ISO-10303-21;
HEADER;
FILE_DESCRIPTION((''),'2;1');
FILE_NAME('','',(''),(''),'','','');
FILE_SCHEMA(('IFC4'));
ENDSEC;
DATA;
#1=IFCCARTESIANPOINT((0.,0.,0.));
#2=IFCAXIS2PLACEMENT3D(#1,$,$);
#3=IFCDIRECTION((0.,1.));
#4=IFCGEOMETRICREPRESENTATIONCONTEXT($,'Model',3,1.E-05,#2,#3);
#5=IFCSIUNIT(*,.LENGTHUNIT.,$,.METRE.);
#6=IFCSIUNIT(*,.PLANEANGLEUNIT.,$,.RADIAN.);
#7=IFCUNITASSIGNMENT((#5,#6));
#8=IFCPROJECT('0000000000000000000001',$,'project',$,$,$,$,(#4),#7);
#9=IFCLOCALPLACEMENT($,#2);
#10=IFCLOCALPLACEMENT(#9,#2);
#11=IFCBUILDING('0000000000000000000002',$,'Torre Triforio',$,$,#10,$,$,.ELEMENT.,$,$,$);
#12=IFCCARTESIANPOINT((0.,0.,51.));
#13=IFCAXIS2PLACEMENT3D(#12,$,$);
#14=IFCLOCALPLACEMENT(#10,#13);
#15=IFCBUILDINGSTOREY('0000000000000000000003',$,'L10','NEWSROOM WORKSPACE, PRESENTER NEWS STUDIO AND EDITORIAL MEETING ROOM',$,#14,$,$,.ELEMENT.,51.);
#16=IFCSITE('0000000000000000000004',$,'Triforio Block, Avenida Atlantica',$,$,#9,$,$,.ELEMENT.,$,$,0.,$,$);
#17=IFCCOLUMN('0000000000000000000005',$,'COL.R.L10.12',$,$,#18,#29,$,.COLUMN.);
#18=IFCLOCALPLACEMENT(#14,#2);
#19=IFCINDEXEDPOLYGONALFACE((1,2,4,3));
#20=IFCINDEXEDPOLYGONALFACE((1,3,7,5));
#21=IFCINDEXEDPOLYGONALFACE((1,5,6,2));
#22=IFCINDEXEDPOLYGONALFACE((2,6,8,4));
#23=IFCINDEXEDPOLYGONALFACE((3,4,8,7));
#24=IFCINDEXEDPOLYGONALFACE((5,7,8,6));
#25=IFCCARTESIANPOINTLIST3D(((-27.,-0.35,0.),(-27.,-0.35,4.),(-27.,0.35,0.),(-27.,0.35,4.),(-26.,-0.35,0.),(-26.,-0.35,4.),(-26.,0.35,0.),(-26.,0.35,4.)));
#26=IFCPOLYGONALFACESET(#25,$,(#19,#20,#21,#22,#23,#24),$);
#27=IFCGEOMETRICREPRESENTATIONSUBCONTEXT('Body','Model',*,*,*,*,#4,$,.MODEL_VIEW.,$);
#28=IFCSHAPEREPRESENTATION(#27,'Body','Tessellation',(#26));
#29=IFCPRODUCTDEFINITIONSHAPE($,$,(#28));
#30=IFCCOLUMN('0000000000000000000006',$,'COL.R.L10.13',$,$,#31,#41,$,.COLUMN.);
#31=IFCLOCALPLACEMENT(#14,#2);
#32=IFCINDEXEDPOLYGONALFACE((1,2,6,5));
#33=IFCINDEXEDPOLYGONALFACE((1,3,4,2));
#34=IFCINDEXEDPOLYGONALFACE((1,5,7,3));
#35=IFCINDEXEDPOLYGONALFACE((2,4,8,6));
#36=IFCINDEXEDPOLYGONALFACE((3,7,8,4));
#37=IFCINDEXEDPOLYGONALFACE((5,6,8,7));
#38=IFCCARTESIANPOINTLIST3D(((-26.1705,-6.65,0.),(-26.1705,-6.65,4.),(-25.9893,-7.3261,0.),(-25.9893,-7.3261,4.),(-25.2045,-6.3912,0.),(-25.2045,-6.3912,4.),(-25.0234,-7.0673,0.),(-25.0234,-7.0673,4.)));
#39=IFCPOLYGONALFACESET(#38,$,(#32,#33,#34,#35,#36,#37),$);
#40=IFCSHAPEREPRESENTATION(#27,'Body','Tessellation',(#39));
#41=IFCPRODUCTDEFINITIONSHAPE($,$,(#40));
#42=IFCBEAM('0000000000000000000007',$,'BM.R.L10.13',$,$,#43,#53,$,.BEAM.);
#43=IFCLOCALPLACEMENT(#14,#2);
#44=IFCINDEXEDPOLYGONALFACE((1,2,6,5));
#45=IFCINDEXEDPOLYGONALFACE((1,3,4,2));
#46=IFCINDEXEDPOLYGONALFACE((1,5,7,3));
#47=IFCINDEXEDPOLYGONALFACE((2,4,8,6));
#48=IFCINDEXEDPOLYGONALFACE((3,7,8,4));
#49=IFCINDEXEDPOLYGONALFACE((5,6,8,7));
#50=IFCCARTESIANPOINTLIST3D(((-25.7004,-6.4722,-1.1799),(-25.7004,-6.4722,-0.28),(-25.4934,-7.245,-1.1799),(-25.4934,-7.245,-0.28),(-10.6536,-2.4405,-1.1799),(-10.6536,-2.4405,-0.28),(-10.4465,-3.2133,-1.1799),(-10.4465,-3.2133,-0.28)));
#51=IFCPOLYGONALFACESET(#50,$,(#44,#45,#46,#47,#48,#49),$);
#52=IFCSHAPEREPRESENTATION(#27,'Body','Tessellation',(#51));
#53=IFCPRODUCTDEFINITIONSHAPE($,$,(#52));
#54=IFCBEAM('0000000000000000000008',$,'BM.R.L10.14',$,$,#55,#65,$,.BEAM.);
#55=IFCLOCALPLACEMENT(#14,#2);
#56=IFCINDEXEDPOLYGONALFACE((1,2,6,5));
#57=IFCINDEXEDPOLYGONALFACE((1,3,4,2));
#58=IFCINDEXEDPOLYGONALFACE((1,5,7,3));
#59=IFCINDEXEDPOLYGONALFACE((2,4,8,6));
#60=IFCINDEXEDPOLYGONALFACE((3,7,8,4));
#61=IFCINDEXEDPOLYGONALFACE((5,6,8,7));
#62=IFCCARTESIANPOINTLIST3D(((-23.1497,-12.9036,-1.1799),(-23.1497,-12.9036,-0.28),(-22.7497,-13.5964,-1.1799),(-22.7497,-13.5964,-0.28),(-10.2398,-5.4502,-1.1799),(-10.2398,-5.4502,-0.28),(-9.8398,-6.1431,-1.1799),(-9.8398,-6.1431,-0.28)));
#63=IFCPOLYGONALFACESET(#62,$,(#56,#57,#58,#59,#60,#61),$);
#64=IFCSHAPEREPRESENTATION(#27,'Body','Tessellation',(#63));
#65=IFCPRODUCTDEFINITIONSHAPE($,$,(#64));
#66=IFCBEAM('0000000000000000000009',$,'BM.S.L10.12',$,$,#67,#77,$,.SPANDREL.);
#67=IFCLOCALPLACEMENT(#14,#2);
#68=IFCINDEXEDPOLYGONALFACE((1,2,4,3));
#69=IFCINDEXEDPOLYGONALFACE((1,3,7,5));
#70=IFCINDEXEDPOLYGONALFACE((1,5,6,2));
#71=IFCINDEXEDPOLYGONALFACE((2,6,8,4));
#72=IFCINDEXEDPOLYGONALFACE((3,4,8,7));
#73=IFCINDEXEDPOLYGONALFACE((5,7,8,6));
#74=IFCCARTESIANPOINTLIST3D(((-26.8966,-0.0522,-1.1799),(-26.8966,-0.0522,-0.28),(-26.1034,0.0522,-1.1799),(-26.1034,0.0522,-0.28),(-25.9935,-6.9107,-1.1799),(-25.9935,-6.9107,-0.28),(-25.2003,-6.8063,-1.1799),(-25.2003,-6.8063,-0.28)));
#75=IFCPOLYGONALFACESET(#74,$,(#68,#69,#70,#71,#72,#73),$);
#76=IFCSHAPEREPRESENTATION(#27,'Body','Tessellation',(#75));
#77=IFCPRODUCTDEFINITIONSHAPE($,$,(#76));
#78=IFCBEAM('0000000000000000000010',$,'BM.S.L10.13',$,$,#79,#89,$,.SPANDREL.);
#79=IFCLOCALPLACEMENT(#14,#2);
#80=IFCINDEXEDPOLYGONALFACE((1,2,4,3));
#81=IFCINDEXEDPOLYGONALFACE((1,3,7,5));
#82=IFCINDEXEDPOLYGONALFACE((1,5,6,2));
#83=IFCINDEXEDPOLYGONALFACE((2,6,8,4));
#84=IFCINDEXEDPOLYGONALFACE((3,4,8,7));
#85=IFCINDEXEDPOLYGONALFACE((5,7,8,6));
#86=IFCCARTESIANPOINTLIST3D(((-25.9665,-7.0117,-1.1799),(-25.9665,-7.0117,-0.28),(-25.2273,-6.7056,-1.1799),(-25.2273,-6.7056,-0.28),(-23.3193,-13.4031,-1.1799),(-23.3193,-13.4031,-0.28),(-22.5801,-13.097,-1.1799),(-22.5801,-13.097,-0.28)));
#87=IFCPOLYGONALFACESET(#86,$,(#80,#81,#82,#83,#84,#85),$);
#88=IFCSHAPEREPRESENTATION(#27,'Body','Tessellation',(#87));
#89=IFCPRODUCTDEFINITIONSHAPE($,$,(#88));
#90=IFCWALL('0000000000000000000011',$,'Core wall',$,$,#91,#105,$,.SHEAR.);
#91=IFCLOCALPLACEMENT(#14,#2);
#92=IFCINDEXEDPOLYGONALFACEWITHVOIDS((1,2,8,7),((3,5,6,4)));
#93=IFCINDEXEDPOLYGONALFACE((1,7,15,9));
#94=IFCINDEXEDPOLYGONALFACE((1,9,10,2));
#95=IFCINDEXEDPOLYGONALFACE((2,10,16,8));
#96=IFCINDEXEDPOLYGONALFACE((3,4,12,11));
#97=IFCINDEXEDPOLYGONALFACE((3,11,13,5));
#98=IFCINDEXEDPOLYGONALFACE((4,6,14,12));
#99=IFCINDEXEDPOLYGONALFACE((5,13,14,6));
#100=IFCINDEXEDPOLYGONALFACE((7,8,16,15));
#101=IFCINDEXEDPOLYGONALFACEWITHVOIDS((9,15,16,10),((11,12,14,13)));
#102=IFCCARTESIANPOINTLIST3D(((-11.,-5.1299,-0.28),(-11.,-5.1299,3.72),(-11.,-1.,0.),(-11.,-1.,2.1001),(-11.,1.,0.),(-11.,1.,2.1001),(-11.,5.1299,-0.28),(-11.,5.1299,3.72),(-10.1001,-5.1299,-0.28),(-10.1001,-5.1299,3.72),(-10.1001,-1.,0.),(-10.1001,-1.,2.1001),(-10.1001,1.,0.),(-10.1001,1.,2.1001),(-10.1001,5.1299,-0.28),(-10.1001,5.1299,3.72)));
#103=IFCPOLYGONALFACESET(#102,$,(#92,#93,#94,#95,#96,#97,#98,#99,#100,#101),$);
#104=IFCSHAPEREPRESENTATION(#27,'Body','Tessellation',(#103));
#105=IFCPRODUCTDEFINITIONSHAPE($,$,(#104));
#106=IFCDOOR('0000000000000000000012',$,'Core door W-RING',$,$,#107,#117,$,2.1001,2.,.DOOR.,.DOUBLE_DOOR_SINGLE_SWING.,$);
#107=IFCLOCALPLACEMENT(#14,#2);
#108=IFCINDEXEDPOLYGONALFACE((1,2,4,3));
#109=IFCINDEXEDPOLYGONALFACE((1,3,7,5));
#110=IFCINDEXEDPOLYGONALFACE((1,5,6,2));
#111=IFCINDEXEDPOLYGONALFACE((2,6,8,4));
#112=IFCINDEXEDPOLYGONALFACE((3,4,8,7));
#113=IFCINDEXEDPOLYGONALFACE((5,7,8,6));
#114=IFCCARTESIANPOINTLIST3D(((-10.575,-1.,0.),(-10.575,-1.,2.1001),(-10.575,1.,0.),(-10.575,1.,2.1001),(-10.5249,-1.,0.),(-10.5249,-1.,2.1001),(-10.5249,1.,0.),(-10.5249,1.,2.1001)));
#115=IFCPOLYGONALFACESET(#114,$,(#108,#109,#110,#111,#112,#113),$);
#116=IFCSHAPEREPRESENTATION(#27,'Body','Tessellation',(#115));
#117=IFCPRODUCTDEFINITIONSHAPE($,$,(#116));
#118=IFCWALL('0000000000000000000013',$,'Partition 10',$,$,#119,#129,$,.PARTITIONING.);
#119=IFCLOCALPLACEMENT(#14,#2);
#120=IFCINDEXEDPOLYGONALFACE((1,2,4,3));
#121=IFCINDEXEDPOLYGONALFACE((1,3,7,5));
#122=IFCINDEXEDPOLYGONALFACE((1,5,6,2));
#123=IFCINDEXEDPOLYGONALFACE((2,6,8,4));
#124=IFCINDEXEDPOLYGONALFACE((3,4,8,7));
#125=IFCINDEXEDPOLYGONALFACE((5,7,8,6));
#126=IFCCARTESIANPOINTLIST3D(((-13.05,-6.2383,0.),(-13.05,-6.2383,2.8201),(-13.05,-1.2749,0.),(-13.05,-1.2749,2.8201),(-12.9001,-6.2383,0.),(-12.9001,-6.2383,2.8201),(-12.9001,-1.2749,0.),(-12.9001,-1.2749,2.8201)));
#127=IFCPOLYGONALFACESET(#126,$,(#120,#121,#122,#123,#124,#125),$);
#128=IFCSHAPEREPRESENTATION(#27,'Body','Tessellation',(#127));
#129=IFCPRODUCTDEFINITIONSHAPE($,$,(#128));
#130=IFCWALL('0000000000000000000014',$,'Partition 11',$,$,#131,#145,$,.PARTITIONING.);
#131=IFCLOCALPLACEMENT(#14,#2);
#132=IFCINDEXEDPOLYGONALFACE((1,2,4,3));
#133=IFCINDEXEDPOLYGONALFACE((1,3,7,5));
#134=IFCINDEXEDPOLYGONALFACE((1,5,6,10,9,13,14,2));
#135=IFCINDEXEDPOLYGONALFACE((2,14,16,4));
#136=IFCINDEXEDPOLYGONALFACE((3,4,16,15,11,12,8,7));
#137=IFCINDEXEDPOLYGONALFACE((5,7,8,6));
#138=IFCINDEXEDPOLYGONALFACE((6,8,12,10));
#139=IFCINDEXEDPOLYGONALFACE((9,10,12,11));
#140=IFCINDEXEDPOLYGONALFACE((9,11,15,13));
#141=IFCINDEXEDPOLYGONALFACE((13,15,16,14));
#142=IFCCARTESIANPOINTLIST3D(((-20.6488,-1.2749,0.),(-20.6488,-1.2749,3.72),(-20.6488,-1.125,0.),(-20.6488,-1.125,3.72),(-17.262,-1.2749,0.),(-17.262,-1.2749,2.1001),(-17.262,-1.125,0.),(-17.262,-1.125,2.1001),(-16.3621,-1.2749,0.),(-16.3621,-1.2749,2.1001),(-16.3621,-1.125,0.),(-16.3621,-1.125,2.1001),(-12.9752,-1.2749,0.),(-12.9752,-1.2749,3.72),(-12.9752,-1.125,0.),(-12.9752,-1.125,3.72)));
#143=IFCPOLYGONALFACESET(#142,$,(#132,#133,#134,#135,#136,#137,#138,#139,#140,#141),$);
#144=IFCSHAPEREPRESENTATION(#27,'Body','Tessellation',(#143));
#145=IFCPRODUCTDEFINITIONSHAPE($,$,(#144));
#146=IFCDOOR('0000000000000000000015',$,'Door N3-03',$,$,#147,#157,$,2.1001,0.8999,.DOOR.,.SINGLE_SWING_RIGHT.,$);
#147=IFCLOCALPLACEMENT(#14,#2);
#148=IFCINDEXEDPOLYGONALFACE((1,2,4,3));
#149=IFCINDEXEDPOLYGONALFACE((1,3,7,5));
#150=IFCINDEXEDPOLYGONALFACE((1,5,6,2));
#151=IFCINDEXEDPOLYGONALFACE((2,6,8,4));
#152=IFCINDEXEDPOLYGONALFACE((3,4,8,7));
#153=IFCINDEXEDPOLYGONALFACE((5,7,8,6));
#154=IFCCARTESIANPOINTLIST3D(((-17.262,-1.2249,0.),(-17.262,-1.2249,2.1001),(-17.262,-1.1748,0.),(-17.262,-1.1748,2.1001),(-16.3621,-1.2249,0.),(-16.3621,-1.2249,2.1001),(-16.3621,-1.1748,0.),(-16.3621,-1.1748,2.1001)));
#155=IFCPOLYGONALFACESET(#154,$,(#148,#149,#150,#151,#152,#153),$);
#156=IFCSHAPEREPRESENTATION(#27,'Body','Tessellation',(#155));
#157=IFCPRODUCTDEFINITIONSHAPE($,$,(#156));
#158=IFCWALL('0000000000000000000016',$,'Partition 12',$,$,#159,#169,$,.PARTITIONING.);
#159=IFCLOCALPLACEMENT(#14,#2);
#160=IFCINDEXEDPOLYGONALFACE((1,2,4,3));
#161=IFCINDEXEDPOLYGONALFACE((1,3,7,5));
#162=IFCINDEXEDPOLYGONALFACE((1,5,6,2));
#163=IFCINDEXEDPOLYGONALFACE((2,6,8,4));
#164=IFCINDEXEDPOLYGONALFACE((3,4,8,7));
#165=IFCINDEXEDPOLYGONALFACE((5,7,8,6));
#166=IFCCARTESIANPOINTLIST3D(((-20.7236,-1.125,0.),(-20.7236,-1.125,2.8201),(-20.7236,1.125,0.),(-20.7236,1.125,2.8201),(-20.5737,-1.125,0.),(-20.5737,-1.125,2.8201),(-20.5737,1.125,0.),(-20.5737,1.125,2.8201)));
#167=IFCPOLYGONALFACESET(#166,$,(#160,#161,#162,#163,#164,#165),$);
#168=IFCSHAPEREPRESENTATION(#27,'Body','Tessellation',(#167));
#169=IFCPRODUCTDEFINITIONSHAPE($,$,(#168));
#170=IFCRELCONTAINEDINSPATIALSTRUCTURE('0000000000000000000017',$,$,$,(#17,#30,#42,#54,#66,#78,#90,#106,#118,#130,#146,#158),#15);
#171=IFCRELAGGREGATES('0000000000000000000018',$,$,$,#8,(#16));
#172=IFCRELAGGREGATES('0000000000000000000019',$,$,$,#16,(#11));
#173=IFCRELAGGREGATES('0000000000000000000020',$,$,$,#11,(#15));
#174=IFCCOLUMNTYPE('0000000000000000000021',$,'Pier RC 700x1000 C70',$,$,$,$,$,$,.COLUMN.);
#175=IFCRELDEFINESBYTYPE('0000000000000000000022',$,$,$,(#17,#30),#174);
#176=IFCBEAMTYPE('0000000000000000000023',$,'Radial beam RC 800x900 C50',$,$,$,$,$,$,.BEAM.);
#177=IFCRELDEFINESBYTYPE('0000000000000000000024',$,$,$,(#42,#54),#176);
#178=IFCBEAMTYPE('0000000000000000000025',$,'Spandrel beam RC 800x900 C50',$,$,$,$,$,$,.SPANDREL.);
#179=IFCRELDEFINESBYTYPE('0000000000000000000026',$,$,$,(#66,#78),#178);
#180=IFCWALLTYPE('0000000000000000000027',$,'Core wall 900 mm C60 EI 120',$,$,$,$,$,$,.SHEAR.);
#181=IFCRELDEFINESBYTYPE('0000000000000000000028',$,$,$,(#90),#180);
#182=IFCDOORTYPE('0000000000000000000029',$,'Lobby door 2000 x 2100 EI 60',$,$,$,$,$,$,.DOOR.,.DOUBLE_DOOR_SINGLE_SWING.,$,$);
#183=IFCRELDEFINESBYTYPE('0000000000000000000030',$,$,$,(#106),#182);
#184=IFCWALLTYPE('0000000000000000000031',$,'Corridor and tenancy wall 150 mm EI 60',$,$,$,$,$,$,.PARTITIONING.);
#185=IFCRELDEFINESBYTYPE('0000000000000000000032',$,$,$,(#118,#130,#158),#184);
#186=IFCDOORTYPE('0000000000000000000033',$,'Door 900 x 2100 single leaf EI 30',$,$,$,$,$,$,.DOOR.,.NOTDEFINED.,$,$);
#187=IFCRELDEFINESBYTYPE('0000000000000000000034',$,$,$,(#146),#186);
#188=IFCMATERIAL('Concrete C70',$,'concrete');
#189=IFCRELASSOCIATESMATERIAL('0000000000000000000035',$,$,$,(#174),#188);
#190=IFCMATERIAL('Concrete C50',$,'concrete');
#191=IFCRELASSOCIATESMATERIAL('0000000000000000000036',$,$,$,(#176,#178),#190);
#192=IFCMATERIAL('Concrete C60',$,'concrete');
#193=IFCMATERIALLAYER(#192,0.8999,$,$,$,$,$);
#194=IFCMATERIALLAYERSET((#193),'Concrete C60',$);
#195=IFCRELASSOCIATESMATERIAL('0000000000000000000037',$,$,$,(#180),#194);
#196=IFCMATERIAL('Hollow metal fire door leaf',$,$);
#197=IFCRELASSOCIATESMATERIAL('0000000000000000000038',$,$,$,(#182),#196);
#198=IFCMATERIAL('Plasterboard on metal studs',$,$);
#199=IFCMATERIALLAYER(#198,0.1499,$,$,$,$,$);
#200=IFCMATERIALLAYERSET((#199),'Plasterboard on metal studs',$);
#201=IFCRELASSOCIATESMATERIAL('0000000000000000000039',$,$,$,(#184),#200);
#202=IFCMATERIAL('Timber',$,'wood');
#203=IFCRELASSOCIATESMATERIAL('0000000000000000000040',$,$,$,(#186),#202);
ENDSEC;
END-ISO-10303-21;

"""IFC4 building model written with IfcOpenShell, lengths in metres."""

from ifc_helpers import new_model, si_unit, direction, frame, frame_2d, origin, origin_2d, place, context, subcontext, project, spatial, rectangle, extrude, material, layer, layer_set, material_profile, profile_set, type_object, element, fill, save


model = new_model("IFC4")

# Units and contexts
model_context = context("Model", 3, precision=1e-05, world=origin(), true_north=direction((0.0, 1.0)))
body_context = subcontext(model_context, "Body", "Model", "MODEL_VIEW")
ifc_project = project(units=[si_unit("LENGTHUNIT", "METRE"), si_unit("PLANEANGLEUNIT", "RADIAN")], contexts=[model_context])

# Site, building, storey
site_placement = place(None, origin())
site = spatial("IfcSite", under=ifc_project, at=site_placement, Name="Triforio Block, Avenida Atlantica", CompositionType="ELEMENT", RefElevation=0.0)
building_placement = place(site_placement, origin())
building = spatial("IfcBuilding", under=site, at=building_placement, Name="Torre Triforio", CompositionType="ELEMENT")
storey_placement = place(building_placement, frame((0.0, 0.0, 51.0)))
storey = spatial("IfcBuildingStorey", under=building, at=storey_placement, Name="L10", Description="NEWSROOM WORKSPACE, PRESENTER NEWS STUDIO AND EDITORIAL MEETING ROOM", CompositionType="ELEMENT", Elevation=51.0)

# Columns
ifc_material_1 = material(Name="Concrete C70", Category="concrete")
ifc_material_profile_1 = material_profile(ifc_material_1, rectangle(XDim=0.7, YDim=1.0, at=origin_2d()), Name="RC 700x1000")
ifc_profile_set_1 = profile_set([ifc_material_profile_1], Name="Concrete C70")
column_type = type_object("IfcColumnType", Name="Pier RC 700x1000 C70", PredefinedType="COLUMN", material=ifc_profile_set_1)
for number, where, z_axis, x_axis, name in (
    (1, (-26.5, 0.0, 0.0), (0.0, 0.0, 1.0), (0.0, -1.0, 0.0), "COL.R.L10.12"),
    (2, (-25.5969, -6.8586, 0.0), (0.0, 0.0, 1.0), (0.258819, -0.965926, 0.0), "COL.R.L10.13"),
):
    element("IfcColumn", number, at=place(storey_placement, frame(where, z_axis=z_axis, x_axis=x_axis)), inside=storey, type_object=column_type, Name=name, PredefinedType="COLUMN", context=body_context, shape_type="SweptSolid", body=[
        extrude(rectangle(XDim=0.7, YDim=1.0, at=origin_2d()), origin(), (0.0, 0.0, 1.0), 4.0),
    ])

# Beams
ifc_material_2 = material(Name="Concrete C50", Category="concrete")
ifc_material_profile_2 = material_profile(ifc_material_2, rectangle(XDim=0.8, YDim=0.8999, at=origin_2d()), Name="RC 800x900")
ifc_profile_set_2 = profile_set([ifc_material_profile_2], Name="Concrete C50")
beam_type_1 = type_object("IfcBeamType", Name="Radial beam RC 800x900 C50", PredefinedType="BEAM", material=ifc_profile_set_2)
beam_1_placement = place(storey_placement, frame((-10.55, -2.8269, -0.73), z_axis=(-0.965927, -0.258815, 0.0), x_axis=(0.258815, -0.965927, 0.0)))
element("IfcBeam", 3, at=beam_1_placement, inside=storey, type_object=beam_type_1, Name="BM.R.L10.13", PredefinedType="BEAM", context=body_context, shape_type="SweptSolid", body=[
    extrude(rectangle(XDim=0.8, YDim=0.8999, at=origin_2d()), origin(), (0.0, 0.0, 1.0), 15.5776),
])
beam_2_placement = place(storey_placement, frame((-10.0398, -5.7966, -0.73), z_axis=(-0.86603, -0.499991, 0.0), x_axis=(0.499991, -0.86603, 0.0)))
element("IfcBeam", 4, at=beam_2_placement, inside=storey, type_object=beam_type_1, Name="BM.R.L10.14", PredefinedType="BEAM", context=body_context, shape_type="SweptSolid", body=[
    extrude(rectangle(XDim=0.8, YDim=0.8999, at=origin_2d()), origin(), (0.0, 0.0, 1.0), 14.907),
])
ifc_material_profile_3 = material_profile(ifc_material_2, rectangle(XDim=0.8, YDim=0.8999, at=origin_2d()), Name="RC 800x900")
ifc_profile_set_3 = profile_set([ifc_material_profile_3], Name="Concrete C50")
beam_type_2 = type_object("IfcBeamType", Name="Spandrel beam RC 800x900 C50", PredefinedType="SPANDREL", material=ifc_profile_set_3)
beam_3_placement = place(storey_placement, frame((-26.5, 0.0, -0.73), z_axis=(0.130543, -0.991443, 0.0), x_axis=(0.991443, 0.130543, 0.0)))
element("IfcBeam", 5, at=beam_3_placement, inside=storey, type_object=beam_type_2, Name="BM.S.L10.12", PredefinedType="SPANDREL", context=body_context, shape_type="SweptSolid", body=[
    extrude(rectangle(XDim=0.8, YDim=0.8999, at=origin_2d()), origin(), (0.0, 0.0, 1.0), 6.9177),
])
beam_4_placement = place(storey_placement, frame((-25.5969, -6.8586, -0.73), z_axis=(0.382662, -0.923888, 0.0), x_axis=(0.923888, 0.382662, 0.0)))
element("IfcBeam", 6, at=beam_4_placement, inside=storey, type_object=beam_type_2, Name="BM.S.L10.13", PredefinedType="SPANDREL", context=body_context, shape_type="SweptSolid", body=[
    extrude(rectangle(XDim=0.8, YDim=0.8999, at=origin_2d()), origin(), (0.0, 0.0, 1.0), 6.918),
])

# Wall, opening, door
ifc_material_3 = material(Name="Concrete C60", Category="concrete")
ifc_layer_1 = layer(ifc_material_3, 0.8999)
ifc_layer_set_1 = layer_set([ifc_layer_1], Name="Concrete C60")
wall_type_1 = type_object("IfcWallType", Name="Core wall 900 mm C60 EI 120", PredefinedType="SHEAR", material=ifc_layer_set_1)
wall_1_placement = place(storey_placement, frame((-10.55, -5.1299, -0.28), z_axis=(0.0, 0.0, 1.0), x_axis=(0.0, 1.0, 0.0)))
wall_1 = element("IfcWall", 7, at=wall_1_placement, inside=storey, type_object=wall_type_1, Name="Core wall", PredefinedType="SHEAR", context=body_context, shape_type="SweptSolid", body=[
    extrude(rectangle(XDim=10.2598, YDim=0.8999, at=frame_2d((5.1299, 0.0))), origin(), (0.0, 0.0, 1.0), 4.0),
])
opening_1_placement = place(wall_1_placement, frame((4.1299, 0.0, 0.28)))
opening_1 = element("IfcOpeningElement", 8, at=opening_1_placement, cuts=wall_1, PredefinedType="OPENING", context=body_context, shape_type="SweptSolid", body=[
    extrude(rectangle(XDim=2.0, YDim=2.1001, at=frame_2d((1.0, 1.05))), frame((0.0, 0.46, 0.0), z_axis=(0.0, -1.0, 0.0), x_axis=(1.0, 0.0, 0.0)), (0.0, 0.0, 1.0), 0.9199),
])
ifc_material_4 = material(Name="Hollow metal fire door leaf")
door_type_1 = type_object("IfcDoorType", Name="Lobby door 2000 x 2100 EI 60", OperationType="DOUBLE_DOOR_SINGLE_SWING", PredefinedType="DOOR", material=ifc_material_4)
door_1_placement = place(opening_1_placement, origin())
door_1 = element("IfcDoor", 9, at=door_1_placement, inside=storey, type_object=door_type_1, Name="Core door W-RING", OperationType="DOUBLE_DOOR_SINGLE_SWING", OverallHeight=2.1001, OverallWidth=2.0, PredefinedType="DOOR", context=body_context, shape_type="SweptSolid", body=[
    extrude(rectangle(XDim=2.0, YDim=2.1001, at=frame_2d((1.0, 1.05))), frame((0.0, 0.0249, 0.0), z_axis=(0.0, -1.0, 0.0), x_axis=(1.0, 0.0, 0.0)), (0.0, 0.0, 1.0), 0.05),
])
fill(opening_1, door_1)

# Wall
ifc_material_5 = material(Name="Plasterboard on metal studs")
ifc_layer_2 = layer(ifc_material_5, 0.1499)
ifc_layer_set_2 = layer_set([ifc_layer_2], Name="Plasterboard on metal studs")
wall_type_2 = type_object("IfcWallType", Name="Corridor and tenancy wall 150 mm EI 60", PredefinedType="PARTITIONING", material=ifc_layer_set_2)
wall_2_placement = place(storey_placement, frame((-12.9751, -6.2383, 0.0), z_axis=(0.0, 0.0, 1.0), x_axis=(0.0, 1.0, 0.0)))
element("IfcWall", 10, at=wall_2_placement, inside=storey, type_object=wall_type_2, Name="Partition 10", PredefinedType="PARTITIONING", context=body_context, shape_type="SweptSolid", body=[
    extrude(rectangle(XDim=4.9634, YDim=0.1499, at=frame_2d((2.4817, 0.0))), origin(), (0.0, 0.0, 1.0), 2.8201),
])

# Wall, opening, door
wall_3_placement = place(storey_placement, frame((-12.9751, -1.2, 0.0), z_axis=(0.0, 0.0, 1.0), x_axis=(-1.0, 0.0, 0.0)))
wall_3 = element("IfcWall", 11, at=wall_3_placement, inside=storey, type_object=wall_type_2, Name="Partition 11", PredefinedType="PARTITIONING", context=body_context, shape_type="SweptSolid", body=[
    extrude(rectangle(XDim=7.6736, YDim=0.1499, at=frame_2d((3.8369, 0.0))), origin(), (0.0, 0.0, 1.0), 3.72),
])
opening_2_placement = place(wall_3_placement, frame((3.387, 0.0, 0.0)))
opening_2 = element("IfcOpeningElement", 12, at=opening_2_placement, cuts=wall_3, PredefinedType="OPENING", context=body_context, shape_type="SweptSolid", body=[
    extrude(rectangle(XDim=0.8999, YDim=2.1001, at=frame_2d((0.45, 1.05))), frame((0.0, 0.085, 0.0), z_axis=(0.0, -1.0, 0.0), x_axis=(1.0, 0.0, 0.0)), (0.0, 0.0, 1.0), 0.1699),
])
ifc_material_6 = material(Name="Timber", Category="wood")
door_type_2 = type_object("IfcDoorType", Name="Door 900 x 2100 single leaf EI 30", OperationType="NOTDEFINED", PredefinedType="DOOR", material=ifc_material_6)
door_2_placement = place(opening_2_placement, origin())
door_2 = element("IfcDoor", 13, at=door_2_placement, inside=storey, type_object=door_type_2, Name="Door N3-03", OperationType="SINGLE_SWING_RIGHT", OverallHeight=2.1001, OverallWidth=0.8999, PredefinedType="DOOR", context=body_context, shape_type="SweptSolid", body=[
    extrude(rectangle(XDim=0.8999, YDim=2.1001, at=frame_2d((0.45, 1.05))), frame((0.0, 0.0249, 0.0), z_axis=(0.0, -1.0, 0.0), x_axis=(1.0, 0.0, 0.0)), (0.0, 0.0, 1.0), 0.05),
])
fill(opening_2, door_2)

# Wall
wall_4_placement = place(storey_placement, frame((-20.6487, -1.125, 0.0), z_axis=(0.0, 0.0, 1.0), x_axis=(0.0, 1.0, 0.0)))
element("IfcWall", 14, at=wall_4_placement, inside=storey, type_object=wall_type_2, Name="Partition 12", PredefinedType="PARTITIONING", context=body_context, shape_type="SweptSolid", body=[
    extrude(rectangle(XDim=2.25, YDim=0.1499, at=frame_2d((1.125, 0.0))), origin(), (0.0, 0.0, 1.0), 2.8201),
])

save(model, "model.ifc")
